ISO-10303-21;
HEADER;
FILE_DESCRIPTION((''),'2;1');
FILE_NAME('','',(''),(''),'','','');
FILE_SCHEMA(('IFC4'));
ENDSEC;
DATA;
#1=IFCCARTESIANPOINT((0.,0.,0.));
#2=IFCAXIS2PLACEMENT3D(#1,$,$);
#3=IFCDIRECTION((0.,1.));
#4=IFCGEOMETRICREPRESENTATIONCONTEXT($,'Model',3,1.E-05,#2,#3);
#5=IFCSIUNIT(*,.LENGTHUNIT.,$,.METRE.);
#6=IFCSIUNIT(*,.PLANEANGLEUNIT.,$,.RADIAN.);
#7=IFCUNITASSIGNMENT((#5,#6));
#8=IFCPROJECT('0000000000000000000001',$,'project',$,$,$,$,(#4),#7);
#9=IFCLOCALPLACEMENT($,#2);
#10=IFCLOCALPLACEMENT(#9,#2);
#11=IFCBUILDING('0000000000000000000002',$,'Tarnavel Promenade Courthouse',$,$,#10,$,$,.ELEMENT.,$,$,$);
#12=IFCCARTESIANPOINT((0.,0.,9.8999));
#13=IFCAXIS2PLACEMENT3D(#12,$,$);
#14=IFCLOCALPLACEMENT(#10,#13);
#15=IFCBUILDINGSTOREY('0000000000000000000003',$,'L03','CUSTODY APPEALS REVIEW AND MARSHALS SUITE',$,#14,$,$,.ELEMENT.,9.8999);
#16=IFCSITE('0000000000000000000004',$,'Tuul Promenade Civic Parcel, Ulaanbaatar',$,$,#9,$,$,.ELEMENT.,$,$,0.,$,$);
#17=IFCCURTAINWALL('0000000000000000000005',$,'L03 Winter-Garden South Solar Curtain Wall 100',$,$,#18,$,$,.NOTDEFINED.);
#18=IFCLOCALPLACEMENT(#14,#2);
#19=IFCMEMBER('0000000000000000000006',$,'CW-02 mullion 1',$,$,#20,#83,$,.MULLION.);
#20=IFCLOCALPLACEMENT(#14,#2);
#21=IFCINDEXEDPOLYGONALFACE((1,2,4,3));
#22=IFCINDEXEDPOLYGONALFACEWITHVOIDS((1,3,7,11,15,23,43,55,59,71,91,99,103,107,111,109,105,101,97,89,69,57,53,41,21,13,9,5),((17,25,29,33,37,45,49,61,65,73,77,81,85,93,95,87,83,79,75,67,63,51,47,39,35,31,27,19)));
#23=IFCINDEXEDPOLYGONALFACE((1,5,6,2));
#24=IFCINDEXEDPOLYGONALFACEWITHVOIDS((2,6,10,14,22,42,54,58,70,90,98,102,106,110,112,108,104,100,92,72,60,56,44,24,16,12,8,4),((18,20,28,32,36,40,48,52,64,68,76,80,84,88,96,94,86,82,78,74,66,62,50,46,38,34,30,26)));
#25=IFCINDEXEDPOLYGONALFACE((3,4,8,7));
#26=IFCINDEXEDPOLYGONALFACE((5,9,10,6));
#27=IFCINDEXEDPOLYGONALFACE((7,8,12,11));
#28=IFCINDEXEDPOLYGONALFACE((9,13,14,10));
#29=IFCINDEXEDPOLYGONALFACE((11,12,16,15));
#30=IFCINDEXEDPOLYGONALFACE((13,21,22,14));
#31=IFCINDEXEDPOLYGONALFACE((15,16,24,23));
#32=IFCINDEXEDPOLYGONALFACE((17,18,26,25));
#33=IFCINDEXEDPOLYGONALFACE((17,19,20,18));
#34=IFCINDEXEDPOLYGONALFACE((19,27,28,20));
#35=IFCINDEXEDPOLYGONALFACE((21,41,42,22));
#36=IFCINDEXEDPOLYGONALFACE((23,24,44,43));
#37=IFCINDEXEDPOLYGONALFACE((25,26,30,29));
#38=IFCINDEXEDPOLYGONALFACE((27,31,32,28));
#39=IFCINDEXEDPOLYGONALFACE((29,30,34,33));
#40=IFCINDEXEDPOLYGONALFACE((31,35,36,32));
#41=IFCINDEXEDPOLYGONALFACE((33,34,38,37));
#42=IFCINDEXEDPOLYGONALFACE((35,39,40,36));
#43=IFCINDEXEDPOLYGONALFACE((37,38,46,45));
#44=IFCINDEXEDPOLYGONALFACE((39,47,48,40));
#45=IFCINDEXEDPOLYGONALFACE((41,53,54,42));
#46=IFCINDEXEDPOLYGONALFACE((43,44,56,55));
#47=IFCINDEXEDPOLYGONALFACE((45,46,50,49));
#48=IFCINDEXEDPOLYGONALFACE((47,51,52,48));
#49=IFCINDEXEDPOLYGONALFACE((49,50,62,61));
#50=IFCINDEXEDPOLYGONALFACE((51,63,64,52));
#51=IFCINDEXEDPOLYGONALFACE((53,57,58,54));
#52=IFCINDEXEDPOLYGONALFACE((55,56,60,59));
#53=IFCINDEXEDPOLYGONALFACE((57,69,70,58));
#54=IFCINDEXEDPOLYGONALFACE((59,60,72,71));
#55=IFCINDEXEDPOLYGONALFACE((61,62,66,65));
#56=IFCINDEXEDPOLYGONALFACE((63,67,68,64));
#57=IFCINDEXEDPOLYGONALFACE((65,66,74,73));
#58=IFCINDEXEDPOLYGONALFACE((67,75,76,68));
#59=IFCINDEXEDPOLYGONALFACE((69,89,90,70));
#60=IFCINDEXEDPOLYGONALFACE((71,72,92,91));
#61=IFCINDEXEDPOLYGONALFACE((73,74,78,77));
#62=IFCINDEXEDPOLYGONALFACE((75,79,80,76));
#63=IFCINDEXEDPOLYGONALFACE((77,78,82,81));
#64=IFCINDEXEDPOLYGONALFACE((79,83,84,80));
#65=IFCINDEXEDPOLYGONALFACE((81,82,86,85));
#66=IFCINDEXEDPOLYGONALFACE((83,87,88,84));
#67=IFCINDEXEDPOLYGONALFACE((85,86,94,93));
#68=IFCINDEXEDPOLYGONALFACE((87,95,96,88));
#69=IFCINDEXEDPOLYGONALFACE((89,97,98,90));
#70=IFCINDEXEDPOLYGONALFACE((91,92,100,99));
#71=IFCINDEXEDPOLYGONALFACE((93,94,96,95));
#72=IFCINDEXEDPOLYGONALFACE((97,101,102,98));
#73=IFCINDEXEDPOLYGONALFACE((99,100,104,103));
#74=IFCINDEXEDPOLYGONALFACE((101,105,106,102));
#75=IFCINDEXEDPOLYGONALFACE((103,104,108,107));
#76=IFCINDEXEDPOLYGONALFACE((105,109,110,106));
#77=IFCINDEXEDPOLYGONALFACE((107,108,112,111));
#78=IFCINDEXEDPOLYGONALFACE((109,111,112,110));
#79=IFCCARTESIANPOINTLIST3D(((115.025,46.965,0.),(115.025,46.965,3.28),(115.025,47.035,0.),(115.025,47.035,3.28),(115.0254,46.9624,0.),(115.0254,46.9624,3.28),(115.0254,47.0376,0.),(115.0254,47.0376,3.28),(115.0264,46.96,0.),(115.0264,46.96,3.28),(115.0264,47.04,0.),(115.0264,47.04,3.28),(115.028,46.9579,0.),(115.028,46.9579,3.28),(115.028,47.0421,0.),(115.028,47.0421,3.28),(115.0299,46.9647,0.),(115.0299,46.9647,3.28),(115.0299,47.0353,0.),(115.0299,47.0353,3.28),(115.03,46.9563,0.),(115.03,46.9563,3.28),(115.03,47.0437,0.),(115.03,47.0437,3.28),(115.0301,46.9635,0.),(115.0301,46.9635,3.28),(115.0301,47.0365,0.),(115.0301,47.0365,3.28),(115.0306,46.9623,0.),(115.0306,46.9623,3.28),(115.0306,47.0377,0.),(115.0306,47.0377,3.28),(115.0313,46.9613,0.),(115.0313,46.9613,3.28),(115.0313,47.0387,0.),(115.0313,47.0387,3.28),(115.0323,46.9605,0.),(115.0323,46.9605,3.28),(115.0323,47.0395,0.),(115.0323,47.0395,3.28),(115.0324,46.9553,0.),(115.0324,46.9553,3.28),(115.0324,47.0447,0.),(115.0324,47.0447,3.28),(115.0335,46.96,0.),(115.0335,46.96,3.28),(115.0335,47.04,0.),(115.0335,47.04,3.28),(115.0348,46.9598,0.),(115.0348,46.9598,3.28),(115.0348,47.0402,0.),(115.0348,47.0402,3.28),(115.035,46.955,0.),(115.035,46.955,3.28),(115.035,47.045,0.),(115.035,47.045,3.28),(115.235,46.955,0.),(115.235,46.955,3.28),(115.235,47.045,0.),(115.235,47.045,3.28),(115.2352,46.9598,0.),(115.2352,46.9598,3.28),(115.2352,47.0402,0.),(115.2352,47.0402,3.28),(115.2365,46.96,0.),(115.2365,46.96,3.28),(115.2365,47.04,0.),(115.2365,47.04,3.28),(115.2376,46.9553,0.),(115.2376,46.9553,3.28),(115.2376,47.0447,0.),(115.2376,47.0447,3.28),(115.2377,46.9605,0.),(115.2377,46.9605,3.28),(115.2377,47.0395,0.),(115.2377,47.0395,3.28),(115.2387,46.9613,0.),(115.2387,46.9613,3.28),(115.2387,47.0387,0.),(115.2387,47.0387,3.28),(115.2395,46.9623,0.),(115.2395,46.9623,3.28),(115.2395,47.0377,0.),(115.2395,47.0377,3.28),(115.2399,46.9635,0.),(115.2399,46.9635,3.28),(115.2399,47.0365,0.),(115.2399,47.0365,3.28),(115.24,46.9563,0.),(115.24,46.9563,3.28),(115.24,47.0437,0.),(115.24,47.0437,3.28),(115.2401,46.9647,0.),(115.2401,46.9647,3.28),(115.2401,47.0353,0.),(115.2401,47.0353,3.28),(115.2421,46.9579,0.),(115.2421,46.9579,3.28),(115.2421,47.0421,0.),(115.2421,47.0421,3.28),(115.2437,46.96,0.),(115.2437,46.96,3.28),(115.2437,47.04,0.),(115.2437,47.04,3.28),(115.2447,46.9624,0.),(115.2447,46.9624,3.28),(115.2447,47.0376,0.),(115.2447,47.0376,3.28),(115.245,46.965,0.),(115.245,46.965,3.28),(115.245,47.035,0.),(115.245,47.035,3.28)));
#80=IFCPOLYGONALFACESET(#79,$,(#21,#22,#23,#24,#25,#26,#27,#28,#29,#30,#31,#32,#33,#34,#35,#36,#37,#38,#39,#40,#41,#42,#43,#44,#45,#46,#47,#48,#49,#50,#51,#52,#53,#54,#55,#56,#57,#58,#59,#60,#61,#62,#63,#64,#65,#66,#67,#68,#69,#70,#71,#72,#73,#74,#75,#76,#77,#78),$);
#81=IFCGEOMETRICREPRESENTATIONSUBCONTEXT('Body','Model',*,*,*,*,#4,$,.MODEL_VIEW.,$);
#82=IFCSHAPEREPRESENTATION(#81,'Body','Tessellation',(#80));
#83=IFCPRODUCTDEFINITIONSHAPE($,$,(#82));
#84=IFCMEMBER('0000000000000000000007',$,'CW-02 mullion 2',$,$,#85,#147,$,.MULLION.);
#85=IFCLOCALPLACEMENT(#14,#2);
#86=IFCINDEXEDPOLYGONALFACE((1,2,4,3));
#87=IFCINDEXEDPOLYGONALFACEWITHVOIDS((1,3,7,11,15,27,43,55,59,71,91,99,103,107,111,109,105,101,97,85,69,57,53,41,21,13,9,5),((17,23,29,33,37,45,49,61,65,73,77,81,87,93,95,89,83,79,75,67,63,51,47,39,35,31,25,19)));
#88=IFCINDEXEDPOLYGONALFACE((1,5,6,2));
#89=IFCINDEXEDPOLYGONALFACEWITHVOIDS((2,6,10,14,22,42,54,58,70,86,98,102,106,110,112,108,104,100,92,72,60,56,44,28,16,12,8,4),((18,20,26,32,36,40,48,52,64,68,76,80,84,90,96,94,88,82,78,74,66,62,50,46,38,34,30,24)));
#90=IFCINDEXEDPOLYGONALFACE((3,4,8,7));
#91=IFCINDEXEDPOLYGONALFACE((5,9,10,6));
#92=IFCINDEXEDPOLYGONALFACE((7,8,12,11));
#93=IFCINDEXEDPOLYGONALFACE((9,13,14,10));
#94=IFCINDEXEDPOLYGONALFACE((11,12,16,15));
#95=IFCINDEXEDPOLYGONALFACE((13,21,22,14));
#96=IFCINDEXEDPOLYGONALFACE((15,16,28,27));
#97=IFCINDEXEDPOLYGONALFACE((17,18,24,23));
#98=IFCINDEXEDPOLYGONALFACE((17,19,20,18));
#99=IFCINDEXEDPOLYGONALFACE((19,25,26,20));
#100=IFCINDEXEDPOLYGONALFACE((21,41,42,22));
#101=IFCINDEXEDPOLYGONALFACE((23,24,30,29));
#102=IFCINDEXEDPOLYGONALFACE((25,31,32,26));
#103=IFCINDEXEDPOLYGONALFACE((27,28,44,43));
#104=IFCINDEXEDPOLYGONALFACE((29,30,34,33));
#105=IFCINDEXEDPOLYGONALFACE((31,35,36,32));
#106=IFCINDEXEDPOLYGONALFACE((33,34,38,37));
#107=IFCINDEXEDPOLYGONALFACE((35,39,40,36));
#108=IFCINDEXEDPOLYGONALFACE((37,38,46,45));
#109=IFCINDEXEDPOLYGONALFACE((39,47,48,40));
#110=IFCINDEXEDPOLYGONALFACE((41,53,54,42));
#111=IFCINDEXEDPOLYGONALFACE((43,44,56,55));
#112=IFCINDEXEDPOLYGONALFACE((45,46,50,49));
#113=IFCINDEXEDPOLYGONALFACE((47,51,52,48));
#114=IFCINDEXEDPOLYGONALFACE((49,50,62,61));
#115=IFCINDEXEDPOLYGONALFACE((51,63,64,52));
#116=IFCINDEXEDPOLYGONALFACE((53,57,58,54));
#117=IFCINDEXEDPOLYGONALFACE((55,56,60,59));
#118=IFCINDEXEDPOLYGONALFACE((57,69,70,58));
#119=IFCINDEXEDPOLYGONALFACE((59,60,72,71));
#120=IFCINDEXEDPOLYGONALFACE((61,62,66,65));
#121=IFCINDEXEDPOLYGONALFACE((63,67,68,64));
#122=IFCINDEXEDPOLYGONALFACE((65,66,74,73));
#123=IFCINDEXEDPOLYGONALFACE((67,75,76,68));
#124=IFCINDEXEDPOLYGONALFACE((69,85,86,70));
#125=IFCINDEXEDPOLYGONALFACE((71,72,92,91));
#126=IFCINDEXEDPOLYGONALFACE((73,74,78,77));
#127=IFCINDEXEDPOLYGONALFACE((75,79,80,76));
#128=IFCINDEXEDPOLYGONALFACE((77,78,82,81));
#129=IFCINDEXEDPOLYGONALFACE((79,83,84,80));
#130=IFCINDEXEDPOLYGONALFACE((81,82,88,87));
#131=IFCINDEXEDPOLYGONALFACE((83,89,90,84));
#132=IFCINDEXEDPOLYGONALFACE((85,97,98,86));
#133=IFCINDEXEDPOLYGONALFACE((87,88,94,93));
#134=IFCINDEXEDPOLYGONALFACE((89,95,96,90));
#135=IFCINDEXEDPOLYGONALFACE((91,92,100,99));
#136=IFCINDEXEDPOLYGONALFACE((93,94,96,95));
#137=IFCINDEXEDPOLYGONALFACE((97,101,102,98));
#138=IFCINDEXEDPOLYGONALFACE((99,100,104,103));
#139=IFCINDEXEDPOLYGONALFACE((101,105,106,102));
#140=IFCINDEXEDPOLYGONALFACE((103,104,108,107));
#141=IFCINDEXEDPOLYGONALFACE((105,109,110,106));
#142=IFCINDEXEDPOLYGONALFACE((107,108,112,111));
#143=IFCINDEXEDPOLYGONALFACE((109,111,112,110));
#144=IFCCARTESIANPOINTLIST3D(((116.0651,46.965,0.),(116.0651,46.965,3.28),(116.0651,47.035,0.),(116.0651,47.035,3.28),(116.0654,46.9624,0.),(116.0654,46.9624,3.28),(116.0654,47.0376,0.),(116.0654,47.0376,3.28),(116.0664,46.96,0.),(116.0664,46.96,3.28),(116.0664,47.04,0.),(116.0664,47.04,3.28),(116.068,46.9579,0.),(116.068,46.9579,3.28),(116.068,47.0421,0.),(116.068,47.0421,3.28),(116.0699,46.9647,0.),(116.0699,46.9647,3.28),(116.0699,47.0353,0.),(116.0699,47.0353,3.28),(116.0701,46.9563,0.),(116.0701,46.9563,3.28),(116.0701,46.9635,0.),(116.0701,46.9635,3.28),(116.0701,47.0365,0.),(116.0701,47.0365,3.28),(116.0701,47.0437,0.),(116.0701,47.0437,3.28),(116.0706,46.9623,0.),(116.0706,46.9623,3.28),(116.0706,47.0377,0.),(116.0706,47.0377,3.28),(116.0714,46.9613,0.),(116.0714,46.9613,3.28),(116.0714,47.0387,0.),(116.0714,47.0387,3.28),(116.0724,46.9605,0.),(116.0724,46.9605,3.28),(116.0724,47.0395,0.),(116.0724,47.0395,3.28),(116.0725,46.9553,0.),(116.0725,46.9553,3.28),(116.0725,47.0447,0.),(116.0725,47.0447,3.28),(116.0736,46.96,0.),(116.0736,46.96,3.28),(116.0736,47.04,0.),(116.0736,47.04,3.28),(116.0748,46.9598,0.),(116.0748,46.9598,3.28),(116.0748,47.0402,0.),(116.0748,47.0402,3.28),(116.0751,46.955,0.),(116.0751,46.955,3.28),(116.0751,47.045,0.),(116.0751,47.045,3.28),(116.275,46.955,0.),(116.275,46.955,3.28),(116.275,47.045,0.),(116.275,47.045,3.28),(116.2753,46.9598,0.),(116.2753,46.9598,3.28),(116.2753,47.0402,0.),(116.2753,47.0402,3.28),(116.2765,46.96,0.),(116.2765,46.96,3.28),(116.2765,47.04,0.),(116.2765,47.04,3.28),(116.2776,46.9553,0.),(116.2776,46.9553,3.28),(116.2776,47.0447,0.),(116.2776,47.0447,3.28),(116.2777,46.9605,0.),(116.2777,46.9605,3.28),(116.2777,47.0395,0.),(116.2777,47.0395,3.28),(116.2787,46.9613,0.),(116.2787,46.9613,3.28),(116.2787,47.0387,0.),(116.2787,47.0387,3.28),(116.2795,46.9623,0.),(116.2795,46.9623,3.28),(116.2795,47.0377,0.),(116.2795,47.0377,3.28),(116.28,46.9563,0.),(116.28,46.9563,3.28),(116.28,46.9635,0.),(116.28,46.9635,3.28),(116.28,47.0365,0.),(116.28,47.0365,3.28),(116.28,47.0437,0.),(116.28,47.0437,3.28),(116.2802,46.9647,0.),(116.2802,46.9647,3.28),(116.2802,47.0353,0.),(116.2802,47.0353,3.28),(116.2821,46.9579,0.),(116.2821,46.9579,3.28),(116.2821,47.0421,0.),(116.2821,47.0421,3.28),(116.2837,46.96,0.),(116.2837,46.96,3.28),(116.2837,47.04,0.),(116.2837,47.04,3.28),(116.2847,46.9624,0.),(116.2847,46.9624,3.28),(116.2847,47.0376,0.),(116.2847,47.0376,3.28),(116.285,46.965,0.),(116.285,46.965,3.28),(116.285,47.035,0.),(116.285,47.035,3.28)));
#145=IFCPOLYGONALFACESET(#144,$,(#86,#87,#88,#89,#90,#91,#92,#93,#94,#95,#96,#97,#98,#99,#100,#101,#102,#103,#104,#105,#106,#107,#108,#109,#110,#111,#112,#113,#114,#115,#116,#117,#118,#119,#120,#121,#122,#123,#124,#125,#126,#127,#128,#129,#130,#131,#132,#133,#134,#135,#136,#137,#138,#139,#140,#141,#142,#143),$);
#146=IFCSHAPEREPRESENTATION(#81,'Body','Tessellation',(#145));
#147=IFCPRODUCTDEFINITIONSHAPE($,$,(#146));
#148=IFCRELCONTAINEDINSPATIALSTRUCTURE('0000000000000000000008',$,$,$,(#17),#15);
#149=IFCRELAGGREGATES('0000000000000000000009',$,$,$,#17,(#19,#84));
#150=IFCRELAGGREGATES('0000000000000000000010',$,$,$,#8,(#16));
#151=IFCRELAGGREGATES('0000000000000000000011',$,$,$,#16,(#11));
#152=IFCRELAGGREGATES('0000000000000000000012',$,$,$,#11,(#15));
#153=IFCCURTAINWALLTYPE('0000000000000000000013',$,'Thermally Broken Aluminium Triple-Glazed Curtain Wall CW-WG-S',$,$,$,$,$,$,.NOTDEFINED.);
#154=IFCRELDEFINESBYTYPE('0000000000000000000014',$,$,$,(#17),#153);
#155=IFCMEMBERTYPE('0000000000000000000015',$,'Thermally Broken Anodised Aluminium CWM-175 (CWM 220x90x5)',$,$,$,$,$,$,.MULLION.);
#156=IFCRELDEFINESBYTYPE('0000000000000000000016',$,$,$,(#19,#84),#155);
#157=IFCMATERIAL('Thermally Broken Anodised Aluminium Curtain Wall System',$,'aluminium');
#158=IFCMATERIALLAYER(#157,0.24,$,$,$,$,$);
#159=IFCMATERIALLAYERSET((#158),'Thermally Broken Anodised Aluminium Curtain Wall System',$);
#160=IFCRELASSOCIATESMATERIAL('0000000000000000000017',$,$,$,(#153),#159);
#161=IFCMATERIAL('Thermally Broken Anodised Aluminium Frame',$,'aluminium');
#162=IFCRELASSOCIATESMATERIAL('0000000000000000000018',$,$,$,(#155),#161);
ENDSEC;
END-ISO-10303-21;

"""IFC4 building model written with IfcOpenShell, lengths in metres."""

from ifc_helpers import new_model, si_unit, direction, frame, origin, origin_2d, place, context, subcontext, project, spatial, hollow_rectangle, extrude, material, layer, layer_set, material_profile, profile_set, type_object, element, aggregate, save


model = new_model("IFC4")

# Units and contexts
model_context = context("Model", 3, precision=1e-05, world=origin(), true_north=direction((0.0, 1.0)))
body_context = subcontext(model_context, "Body", "Model", "MODEL_VIEW")
ifc_project = project(units=[si_unit("LENGTHUNIT", "METRE"), si_unit("PLANEANGLEUNIT", "RADIAN")], contexts=[model_context])

# Site, building, storey
site_placement = place(None, origin())
site = spatial("IfcSite", under=ifc_project, at=site_placement, Name="Tuul Promenade Civic Parcel, Ulaanbaatar", CompositionType="ELEMENT", RefElevation=0.0)
building_placement = place(site_placement, origin())
building = spatial("IfcBuilding", under=site, at=building_placement, Name="Tarnavel Promenade Courthouse", CompositionType="ELEMENT")
storey_placement = place(building_placement, frame((0.0, 0.0, 9.8999)))
storey = spatial("IfcBuildingStorey", under=building, at=storey_placement, Name="L03", Description="CUSTODY APPEALS REVIEW AND MARSHALS SUITE", CompositionType="ELEMENT", Elevation=9.8999)

# Curtain wall, members
ifc_material_1 = material(Name="Thermally Broken Anodised Aluminium Curtain Wall System", Category="aluminium")
ifc_layer_1 = layer(ifc_material_1, 0.24)
ifc_layer_set_1 = layer_set([ifc_layer_1], Name="Thermally Broken Anodised Aluminium Curtain Wall System")
curtain_wall_type = type_object("IfcCurtainWallType", Name="Thermally Broken Aluminium Triple-Glazed Curtain Wall CW-WG-S", PredefinedType="NOTDEFINED", material=ifc_layer_set_1)
curtain_wall_1_placement = place(storey_placement, origin())
curtain_wall_1 = element("IfcCurtainWall", 1, at=curtain_wall_1_placement, inside=storey, type_object=curtain_wall_type, Name="L03 Winter-Garden South Solar Curtain Wall 100", PredefinedType="NOTDEFINED")
ifc_material_2 = material(Name="Thermally Broken Anodised Aluminium Frame", Category="aluminium")
ifc_material_profile_1 = material_profile(ifc_material_2, hollow_rectangle(XDim=0.0901, YDim=0.22, WallThickness=0.0049, InnerFilletRadius=0.0049, OuterFilletRadius=0.01, at=origin_2d()), Name="CWM 220x90x5")
ifc_profile_set_1 = profile_set([ifc_material_profile_1], Name="Thermally Broken Anodised Aluminium Frame")
member_type_1 = type_object("IfcMemberType", Name="Thermally Broken Anodised Aluminium CWM-175 (CWM 220x90x5)", PredefinedType="MULLION", material=ifc_profile_set_1)
member_1_placement = place(storey_placement, frame((115.135, 47.0, 0.0), z_axis=(0.0, 0.0, 1.0), x_axis=(0.0, 1.0, 0.0)))
member_1 = element("IfcMember", 2, at=member_1_placement, type_object=member_type_1, Name="CW-02 mullion 1", PredefinedType="MULLION", context=body_context, shape_type="SweptSolid", body=[
    extrude(hollow_rectangle(XDim=0.0901, YDim=0.22, WallThickness=0.0049, InnerFilletRadius=0.0049, OuterFilletRadius=0.01, at=origin_2d()), origin(), (0.0, 0.0, 1.0), 3.28),
])
member_2_placement = place(storey_placement, frame((116.175, 47.0, 0.0), z_axis=(0.0, 0.0, 1.0), x_axis=(0.0, 1.0, 0.0)))
member_2 = element("IfcMember", 3, at=member_2_placement, type_object=member_type_1, Name="CW-02 mullion 2", PredefinedType="MULLION", context=body_context, shape_type="SweptSolid", body=[
    extrude(hollow_rectangle(XDim=0.0901, YDim=0.22, WallThickness=0.0049, InnerFilletRadius=0.0049, OuterFilletRadius=0.01, at=origin_2d()), origin(), (0.0, 0.0, 1.0), 3.28),
])

aggregate(curtain_wall_1, [member_1, member_2])

save(model, "model.ifc")
